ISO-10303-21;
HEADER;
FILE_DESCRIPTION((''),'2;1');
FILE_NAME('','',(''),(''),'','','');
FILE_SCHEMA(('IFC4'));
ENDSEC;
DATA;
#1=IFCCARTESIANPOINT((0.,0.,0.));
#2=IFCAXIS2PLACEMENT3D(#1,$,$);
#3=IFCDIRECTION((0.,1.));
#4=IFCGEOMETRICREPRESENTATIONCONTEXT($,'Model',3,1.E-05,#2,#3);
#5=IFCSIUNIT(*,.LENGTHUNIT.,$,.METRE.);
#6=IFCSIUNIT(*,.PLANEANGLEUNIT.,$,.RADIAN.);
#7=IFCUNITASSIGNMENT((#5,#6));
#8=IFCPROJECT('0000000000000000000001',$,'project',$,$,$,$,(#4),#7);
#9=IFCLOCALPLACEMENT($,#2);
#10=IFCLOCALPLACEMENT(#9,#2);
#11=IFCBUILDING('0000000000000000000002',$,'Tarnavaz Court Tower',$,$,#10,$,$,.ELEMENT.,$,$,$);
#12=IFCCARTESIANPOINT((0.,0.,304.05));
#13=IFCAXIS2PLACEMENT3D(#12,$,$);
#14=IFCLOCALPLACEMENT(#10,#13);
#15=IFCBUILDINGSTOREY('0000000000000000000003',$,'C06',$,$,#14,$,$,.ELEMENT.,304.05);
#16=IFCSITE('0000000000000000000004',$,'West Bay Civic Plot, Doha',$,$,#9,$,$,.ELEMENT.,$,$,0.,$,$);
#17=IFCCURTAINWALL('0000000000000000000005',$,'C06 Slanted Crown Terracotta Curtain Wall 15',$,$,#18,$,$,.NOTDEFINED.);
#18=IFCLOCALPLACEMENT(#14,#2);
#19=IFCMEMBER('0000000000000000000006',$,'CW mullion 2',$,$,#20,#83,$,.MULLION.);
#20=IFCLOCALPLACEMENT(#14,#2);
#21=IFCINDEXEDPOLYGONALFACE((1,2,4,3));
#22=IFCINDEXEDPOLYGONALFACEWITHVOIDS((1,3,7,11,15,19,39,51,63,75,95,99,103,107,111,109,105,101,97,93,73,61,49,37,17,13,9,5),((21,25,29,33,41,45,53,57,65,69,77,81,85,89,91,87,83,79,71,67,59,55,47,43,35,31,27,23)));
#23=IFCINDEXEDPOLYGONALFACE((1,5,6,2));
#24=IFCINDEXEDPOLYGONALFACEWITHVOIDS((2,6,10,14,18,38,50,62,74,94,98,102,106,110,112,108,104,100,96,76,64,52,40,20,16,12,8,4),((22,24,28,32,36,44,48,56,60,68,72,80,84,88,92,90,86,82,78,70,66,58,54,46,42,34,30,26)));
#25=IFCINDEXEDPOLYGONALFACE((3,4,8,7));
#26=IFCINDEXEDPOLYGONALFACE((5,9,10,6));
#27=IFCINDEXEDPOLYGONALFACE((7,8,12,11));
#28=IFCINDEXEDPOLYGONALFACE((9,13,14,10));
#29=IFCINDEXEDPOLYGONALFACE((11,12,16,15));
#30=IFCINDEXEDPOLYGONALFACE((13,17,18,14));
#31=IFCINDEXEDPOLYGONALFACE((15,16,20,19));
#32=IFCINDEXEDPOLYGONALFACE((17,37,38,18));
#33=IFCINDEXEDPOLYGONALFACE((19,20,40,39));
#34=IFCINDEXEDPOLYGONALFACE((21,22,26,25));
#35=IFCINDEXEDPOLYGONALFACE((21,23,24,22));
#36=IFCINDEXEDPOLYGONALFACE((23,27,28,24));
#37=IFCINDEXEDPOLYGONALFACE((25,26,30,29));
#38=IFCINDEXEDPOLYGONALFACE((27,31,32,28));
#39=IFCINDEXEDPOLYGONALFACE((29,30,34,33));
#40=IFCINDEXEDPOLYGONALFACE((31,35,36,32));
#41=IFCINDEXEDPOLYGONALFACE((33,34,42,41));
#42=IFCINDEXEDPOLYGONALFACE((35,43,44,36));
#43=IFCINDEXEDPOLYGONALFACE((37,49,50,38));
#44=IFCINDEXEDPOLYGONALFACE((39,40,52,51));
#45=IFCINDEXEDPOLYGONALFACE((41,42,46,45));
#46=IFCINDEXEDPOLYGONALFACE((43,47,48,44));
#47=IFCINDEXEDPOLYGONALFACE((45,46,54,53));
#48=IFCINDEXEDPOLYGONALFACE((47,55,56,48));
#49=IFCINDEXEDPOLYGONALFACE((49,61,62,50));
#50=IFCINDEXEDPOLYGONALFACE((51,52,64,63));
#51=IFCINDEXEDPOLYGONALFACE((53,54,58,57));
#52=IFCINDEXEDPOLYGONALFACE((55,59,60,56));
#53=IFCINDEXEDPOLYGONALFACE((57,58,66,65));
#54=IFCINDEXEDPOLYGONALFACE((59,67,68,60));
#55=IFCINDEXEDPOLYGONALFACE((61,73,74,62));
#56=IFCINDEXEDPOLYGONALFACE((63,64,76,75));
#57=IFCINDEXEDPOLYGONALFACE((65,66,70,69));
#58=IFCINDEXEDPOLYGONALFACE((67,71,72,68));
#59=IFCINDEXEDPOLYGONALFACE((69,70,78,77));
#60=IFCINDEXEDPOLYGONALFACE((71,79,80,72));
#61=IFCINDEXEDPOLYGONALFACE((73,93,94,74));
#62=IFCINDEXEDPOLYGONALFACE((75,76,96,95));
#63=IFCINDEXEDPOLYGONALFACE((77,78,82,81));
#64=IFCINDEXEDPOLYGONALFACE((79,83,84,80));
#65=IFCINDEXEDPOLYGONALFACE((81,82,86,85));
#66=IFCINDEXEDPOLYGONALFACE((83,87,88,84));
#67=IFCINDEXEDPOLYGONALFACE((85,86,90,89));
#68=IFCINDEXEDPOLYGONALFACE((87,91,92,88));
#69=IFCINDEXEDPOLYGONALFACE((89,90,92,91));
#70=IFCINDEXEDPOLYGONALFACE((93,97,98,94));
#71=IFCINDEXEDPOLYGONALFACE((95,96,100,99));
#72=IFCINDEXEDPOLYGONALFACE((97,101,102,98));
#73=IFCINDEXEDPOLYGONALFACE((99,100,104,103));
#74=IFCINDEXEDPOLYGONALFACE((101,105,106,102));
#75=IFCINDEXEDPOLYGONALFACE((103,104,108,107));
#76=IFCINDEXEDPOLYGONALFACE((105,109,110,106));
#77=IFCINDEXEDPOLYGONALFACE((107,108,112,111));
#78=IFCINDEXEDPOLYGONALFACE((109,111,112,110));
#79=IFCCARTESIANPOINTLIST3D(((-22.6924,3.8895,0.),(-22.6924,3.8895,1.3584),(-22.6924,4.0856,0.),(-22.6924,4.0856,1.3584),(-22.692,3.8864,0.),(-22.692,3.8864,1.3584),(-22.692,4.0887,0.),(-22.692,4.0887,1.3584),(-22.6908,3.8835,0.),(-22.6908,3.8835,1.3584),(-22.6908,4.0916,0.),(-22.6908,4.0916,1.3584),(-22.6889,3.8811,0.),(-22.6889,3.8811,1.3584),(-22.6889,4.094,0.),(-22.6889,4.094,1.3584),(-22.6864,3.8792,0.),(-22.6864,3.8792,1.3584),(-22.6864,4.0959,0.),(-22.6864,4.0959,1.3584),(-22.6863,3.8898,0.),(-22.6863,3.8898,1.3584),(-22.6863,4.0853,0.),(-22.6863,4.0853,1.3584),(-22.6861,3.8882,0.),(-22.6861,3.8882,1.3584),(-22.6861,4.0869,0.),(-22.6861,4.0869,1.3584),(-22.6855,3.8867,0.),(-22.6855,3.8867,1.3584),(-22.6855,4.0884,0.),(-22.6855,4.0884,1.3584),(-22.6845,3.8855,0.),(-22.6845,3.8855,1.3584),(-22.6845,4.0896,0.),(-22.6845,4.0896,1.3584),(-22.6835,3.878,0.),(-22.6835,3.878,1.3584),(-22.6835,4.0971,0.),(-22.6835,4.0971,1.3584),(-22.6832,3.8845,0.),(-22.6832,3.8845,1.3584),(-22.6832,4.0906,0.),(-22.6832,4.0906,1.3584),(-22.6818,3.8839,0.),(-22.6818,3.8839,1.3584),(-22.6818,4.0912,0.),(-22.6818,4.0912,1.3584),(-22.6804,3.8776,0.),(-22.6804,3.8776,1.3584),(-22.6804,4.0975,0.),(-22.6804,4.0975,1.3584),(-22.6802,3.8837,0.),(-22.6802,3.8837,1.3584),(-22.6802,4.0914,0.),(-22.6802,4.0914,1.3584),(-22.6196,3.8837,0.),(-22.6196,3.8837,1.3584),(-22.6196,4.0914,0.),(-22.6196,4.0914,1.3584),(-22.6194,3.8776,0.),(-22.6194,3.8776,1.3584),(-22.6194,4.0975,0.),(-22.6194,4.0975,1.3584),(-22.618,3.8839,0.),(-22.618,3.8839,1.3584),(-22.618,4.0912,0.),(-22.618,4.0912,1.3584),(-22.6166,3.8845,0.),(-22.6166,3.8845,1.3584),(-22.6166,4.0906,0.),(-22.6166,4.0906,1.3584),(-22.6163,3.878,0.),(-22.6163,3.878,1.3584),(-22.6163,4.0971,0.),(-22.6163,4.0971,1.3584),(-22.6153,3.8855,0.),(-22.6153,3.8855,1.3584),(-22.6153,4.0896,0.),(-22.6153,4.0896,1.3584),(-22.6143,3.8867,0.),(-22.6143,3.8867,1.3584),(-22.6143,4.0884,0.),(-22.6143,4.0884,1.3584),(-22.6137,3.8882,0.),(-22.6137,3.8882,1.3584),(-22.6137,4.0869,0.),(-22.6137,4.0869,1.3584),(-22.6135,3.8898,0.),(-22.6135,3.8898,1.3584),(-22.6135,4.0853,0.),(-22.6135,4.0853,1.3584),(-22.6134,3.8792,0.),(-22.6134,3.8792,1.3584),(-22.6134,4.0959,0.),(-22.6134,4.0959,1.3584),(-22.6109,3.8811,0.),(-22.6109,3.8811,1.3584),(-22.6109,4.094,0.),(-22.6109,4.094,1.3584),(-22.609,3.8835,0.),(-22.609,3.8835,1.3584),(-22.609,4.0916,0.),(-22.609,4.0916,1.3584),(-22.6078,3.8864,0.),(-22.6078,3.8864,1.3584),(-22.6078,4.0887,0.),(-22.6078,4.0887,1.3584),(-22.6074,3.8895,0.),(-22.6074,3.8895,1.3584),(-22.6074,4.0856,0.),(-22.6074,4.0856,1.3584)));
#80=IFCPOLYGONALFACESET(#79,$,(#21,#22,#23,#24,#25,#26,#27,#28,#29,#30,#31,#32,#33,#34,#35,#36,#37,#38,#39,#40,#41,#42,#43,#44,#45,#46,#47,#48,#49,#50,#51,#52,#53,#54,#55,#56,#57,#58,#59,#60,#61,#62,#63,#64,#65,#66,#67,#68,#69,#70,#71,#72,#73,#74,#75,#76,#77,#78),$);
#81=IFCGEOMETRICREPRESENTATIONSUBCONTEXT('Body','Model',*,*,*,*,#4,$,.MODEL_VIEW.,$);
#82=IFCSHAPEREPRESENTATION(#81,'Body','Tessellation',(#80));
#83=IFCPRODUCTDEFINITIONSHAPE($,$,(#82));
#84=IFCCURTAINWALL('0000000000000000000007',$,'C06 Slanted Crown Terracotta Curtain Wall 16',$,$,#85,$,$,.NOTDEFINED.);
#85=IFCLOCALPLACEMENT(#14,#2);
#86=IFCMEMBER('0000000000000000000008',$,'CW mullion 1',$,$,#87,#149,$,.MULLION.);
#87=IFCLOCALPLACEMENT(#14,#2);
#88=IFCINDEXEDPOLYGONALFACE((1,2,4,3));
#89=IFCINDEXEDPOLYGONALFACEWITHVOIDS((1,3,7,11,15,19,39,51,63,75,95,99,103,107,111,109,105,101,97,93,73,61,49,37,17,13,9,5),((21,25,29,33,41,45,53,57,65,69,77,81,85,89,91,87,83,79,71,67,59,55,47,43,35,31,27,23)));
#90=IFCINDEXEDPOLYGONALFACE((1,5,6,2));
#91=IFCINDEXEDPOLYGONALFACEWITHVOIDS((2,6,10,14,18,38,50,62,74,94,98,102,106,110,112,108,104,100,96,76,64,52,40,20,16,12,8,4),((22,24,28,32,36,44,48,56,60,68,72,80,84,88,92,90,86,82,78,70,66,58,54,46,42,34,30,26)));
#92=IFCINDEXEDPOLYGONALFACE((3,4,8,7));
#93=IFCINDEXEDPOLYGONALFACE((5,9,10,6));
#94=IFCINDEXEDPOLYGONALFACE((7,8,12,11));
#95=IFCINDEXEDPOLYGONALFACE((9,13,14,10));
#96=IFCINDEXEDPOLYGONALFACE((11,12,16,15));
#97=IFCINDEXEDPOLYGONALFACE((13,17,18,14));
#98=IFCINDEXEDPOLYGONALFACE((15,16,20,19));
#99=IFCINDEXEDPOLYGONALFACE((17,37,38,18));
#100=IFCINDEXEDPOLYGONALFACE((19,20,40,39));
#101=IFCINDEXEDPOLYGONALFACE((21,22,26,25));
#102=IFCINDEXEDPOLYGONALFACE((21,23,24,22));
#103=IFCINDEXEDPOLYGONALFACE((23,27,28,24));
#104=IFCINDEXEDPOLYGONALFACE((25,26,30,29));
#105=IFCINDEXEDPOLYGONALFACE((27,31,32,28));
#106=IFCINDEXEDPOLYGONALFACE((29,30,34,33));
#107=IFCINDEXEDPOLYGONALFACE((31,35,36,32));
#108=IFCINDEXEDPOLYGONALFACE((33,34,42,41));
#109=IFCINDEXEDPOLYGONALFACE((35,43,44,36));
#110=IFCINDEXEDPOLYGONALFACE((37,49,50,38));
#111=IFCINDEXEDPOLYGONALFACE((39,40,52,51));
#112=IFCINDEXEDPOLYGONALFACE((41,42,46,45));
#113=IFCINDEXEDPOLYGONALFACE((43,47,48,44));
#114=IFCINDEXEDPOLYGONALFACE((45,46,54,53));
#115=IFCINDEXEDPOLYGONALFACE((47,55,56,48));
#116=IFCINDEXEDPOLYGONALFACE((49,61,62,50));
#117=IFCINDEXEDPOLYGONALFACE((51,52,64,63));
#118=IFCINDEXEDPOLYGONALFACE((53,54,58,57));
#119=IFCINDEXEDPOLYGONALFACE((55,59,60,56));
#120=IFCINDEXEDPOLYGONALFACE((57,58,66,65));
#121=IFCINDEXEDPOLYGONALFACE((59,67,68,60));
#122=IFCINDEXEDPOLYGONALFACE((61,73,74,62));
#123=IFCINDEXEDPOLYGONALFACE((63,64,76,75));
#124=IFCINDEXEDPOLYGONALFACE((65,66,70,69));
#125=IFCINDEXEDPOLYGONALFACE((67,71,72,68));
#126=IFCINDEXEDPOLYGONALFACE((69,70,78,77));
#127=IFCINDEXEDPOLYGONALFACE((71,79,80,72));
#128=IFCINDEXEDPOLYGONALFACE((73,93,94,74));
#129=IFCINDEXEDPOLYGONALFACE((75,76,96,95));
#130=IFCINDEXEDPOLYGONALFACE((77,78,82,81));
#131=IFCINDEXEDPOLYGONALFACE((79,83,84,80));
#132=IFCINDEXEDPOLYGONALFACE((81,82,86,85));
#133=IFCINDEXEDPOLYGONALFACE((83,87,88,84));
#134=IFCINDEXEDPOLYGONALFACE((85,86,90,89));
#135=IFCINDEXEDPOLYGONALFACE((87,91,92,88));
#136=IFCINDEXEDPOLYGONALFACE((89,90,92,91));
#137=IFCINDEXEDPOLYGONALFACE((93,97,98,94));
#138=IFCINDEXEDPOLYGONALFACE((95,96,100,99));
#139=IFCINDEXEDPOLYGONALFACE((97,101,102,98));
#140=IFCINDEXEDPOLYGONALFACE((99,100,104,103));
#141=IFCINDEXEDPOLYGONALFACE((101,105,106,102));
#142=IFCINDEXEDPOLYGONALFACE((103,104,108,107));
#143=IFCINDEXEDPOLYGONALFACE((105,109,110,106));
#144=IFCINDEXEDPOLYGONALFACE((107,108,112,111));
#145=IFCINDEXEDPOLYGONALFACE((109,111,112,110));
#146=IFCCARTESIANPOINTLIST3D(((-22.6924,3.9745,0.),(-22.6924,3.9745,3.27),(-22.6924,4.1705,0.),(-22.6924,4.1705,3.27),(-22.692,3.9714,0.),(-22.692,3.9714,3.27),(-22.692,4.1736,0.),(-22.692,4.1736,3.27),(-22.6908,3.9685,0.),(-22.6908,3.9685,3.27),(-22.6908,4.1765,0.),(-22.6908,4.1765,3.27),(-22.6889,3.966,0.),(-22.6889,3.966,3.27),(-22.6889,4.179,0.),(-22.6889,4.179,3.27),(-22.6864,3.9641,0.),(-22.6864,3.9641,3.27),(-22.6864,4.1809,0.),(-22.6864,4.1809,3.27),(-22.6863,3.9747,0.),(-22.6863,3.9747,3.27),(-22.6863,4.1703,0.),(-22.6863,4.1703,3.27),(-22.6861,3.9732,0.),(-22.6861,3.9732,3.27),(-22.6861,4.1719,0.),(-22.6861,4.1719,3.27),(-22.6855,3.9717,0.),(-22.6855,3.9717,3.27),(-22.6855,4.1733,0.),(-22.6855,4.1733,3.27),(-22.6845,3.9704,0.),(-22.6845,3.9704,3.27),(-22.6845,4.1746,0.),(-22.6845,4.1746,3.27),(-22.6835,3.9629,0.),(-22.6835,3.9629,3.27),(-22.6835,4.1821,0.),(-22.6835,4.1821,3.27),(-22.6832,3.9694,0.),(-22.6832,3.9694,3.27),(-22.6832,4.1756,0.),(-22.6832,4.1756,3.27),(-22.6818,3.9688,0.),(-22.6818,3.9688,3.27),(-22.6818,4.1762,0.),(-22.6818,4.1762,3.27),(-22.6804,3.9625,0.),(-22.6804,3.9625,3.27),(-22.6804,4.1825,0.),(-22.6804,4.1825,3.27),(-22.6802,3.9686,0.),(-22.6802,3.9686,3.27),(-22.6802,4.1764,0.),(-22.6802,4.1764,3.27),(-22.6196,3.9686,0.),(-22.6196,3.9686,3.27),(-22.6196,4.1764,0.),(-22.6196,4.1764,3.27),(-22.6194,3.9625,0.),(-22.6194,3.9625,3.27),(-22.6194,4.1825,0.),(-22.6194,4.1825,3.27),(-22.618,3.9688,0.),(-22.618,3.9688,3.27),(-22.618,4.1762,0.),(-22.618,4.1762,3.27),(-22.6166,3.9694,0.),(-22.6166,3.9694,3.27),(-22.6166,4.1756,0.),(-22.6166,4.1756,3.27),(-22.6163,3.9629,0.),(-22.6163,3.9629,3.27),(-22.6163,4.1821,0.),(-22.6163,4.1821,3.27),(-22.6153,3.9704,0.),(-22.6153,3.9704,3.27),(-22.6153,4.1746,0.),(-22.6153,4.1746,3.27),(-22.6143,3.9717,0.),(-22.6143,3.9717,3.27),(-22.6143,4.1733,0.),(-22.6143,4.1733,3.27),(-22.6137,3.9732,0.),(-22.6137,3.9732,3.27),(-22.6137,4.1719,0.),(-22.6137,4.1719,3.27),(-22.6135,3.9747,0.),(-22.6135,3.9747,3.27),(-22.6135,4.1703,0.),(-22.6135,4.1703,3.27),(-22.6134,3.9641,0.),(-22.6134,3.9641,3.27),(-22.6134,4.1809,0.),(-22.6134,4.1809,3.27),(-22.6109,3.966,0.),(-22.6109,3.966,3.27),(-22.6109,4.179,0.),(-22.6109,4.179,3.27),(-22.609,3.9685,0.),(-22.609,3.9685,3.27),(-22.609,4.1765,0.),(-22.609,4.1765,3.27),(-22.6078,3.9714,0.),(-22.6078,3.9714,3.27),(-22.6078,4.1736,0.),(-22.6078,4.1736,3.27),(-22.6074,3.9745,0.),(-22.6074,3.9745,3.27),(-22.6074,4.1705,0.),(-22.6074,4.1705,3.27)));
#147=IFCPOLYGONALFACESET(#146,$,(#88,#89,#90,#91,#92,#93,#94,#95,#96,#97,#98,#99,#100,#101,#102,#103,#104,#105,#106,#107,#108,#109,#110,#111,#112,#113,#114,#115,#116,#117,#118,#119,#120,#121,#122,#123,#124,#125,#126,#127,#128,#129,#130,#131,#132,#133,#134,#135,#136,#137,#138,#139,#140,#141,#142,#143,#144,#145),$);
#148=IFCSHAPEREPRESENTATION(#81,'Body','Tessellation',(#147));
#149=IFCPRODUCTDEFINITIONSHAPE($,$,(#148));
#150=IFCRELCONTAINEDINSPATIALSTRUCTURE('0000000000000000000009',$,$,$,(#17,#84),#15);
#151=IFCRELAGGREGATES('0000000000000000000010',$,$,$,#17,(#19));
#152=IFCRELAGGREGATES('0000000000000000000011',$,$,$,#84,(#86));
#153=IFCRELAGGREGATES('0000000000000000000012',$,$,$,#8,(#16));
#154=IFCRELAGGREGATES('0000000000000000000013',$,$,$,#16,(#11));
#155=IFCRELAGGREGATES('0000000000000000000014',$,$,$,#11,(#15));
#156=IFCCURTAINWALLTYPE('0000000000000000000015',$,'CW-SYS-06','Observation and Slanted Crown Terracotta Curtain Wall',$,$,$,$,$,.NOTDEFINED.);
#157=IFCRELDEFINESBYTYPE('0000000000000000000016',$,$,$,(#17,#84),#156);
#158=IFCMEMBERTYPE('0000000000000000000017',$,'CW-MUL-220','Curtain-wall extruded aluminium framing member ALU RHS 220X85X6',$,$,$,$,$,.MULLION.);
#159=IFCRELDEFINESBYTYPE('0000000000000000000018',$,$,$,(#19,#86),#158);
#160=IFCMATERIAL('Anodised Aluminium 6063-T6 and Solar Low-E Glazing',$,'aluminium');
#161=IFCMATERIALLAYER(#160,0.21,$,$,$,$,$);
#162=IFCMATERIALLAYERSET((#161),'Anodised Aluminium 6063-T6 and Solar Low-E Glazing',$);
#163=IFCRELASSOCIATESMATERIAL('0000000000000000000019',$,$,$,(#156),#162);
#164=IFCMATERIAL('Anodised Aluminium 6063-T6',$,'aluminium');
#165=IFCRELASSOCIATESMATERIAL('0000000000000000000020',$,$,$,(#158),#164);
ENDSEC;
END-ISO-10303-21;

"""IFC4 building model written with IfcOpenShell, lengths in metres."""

from ifc_helpers import new_model, si_unit, direction, frame, origin, origin_2d, place, context, subcontext, project, spatial, hollow_rectangle, extrude, material, layer, layer_set, material_profile, profile_set, type_object, element, aggregate, save


model = new_model("IFC4")

# Units and contexts
model_context = context("Model", 3, precision=1e-05, world=origin(), true_north=direction((0.0, 1.0)))
body_context = subcontext(model_context, "Body", "Model", "MODEL_VIEW")
ifc_project = project(units=[si_unit("LENGTHUNIT", "METRE"), si_unit("PLANEANGLEUNIT", "RADIAN")], contexts=[model_context])

# Site, building, storey
site_placement = place(None, origin())
site = spatial("IfcSite", under=ifc_project, at=site_placement, Name="West Bay Civic Plot, Doha", CompositionType="ELEMENT", RefElevation=0.0)
building_placement = place(site_placement, origin())
building = spatial("IfcBuilding", under=site, at=building_placement, Name="Tarnavaz Court Tower", CompositionType="ELEMENT")
storey_placement = place(building_placement, frame((0.0, 0.0, 304.05)))
storey = spatial("IfcBuildingStorey", under=building, at=storey_placement, Name="C06", CompositionType="ELEMENT", Elevation=304.05)

# Curtain walls, members
ifc_material_1 = material(Name="Anodised Aluminium 6063-T6 and Solar Low-E Glazing", Category="aluminium")
ifc_layer_1 = layer(ifc_material_1, 0.21)
ifc_layer_set_1 = layer_set([ifc_layer_1], Name="Anodised Aluminium 6063-T6 and Solar Low-E Glazing")
curtain_wall_type = type_object("IfcCurtainWallType", Name="CW-SYS-06", Description="Observation and Slanted Crown Terracotta Curtain Wall", PredefinedType="NOTDEFINED", material=ifc_layer_set_1)
curtain_wall_1_placement = place(storey_placement, origin())
curtain_wall_1 = element("IfcCurtainWall", 1, at=curtain_wall_1_placement, inside=storey, type_object=curtain_wall_type, Name="C06 Slanted Crown Terracotta Curtain Wall 15", PredefinedType="NOTDEFINED")
ifc_material_2 = material(Name="Anodised Aluminium 6063-T6", Category="aluminium")
ifc_material_profile_1 = material_profile(ifc_material_2, hollow_rectangle(XDim=0.085, YDim=0.22, WallThickness=0.0061, InnerFilletRadius=0.0061, OuterFilletRadius=0.012, at=origin_2d()), Name="ALU RHS 220X85X6")
ifc_profile_set_1 = profile_set([ifc_material_profile_1], Name="Anodised Aluminium 6063-T6")
member_type_1 = type_object("IfcMemberType", Name="CW-MUL-220", Description="Curtain-wall extruded aluminium framing member ALU RHS 220X85X6", PredefinedType="MULLION", material=ifc_profile_set_1)
member_1_placement = place(storey_placement, frame((-22.6499, 3.9875, 0.0), z_axis=(0.0, 0.0, 1.0), x_axis=(-1.0, 0.0, 0.0)))
member_1 = element("IfcMember", 2, at=member_1_placement, type_object=member_type_1, Name="CW mullion 2", PredefinedType="MULLION", context=body_context, shape_type="SweptSolid", body=[
    extrude(hollow_rectangle(XDim=0.085, YDim=0.22, WallThickness=0.0061, InnerFilletRadius=0.0061, OuterFilletRadius=0.012, at=origin_2d()), origin(), (0.0, 0.0, 1.0), 1.3584),
])
curtain_wall_2_placement = place(storey_placement, origin())
curtain_wall_2 = element("IfcCurtainWall", 3, at=curtain_wall_2_placement, inside=storey, type_object=curtain_wall_type, Name="C06 Slanted Crown Terracotta Curtain Wall 16", PredefinedType="NOTDEFINED")
member_2_placement = place(storey_placement, frame((-22.6499, 4.0725, 0.0), z_axis=(0.0, 0.0, 1.0), x_axis=(-1.0, 0.0, 0.0)))
member_2 = element("IfcMember", 4, at=member_2_placement, type_object=member_type_1, Name="CW mullion 1", PredefinedType="MULLION", context=body_context, shape_type="SweptSolid", body=[
    extrude(hollow_rectangle(XDim=0.085, YDim=0.22, WallThickness=0.0061, InnerFilletRadius=0.0061, OuterFilletRadius=0.012, at=origin_2d()), origin(), (0.0, 0.0, 1.0), 3.27),
])

aggregate(curtain_wall_1, [member_1])
aggregate(curtain_wall_2, [member_2])

save(model, "model.ifc")
